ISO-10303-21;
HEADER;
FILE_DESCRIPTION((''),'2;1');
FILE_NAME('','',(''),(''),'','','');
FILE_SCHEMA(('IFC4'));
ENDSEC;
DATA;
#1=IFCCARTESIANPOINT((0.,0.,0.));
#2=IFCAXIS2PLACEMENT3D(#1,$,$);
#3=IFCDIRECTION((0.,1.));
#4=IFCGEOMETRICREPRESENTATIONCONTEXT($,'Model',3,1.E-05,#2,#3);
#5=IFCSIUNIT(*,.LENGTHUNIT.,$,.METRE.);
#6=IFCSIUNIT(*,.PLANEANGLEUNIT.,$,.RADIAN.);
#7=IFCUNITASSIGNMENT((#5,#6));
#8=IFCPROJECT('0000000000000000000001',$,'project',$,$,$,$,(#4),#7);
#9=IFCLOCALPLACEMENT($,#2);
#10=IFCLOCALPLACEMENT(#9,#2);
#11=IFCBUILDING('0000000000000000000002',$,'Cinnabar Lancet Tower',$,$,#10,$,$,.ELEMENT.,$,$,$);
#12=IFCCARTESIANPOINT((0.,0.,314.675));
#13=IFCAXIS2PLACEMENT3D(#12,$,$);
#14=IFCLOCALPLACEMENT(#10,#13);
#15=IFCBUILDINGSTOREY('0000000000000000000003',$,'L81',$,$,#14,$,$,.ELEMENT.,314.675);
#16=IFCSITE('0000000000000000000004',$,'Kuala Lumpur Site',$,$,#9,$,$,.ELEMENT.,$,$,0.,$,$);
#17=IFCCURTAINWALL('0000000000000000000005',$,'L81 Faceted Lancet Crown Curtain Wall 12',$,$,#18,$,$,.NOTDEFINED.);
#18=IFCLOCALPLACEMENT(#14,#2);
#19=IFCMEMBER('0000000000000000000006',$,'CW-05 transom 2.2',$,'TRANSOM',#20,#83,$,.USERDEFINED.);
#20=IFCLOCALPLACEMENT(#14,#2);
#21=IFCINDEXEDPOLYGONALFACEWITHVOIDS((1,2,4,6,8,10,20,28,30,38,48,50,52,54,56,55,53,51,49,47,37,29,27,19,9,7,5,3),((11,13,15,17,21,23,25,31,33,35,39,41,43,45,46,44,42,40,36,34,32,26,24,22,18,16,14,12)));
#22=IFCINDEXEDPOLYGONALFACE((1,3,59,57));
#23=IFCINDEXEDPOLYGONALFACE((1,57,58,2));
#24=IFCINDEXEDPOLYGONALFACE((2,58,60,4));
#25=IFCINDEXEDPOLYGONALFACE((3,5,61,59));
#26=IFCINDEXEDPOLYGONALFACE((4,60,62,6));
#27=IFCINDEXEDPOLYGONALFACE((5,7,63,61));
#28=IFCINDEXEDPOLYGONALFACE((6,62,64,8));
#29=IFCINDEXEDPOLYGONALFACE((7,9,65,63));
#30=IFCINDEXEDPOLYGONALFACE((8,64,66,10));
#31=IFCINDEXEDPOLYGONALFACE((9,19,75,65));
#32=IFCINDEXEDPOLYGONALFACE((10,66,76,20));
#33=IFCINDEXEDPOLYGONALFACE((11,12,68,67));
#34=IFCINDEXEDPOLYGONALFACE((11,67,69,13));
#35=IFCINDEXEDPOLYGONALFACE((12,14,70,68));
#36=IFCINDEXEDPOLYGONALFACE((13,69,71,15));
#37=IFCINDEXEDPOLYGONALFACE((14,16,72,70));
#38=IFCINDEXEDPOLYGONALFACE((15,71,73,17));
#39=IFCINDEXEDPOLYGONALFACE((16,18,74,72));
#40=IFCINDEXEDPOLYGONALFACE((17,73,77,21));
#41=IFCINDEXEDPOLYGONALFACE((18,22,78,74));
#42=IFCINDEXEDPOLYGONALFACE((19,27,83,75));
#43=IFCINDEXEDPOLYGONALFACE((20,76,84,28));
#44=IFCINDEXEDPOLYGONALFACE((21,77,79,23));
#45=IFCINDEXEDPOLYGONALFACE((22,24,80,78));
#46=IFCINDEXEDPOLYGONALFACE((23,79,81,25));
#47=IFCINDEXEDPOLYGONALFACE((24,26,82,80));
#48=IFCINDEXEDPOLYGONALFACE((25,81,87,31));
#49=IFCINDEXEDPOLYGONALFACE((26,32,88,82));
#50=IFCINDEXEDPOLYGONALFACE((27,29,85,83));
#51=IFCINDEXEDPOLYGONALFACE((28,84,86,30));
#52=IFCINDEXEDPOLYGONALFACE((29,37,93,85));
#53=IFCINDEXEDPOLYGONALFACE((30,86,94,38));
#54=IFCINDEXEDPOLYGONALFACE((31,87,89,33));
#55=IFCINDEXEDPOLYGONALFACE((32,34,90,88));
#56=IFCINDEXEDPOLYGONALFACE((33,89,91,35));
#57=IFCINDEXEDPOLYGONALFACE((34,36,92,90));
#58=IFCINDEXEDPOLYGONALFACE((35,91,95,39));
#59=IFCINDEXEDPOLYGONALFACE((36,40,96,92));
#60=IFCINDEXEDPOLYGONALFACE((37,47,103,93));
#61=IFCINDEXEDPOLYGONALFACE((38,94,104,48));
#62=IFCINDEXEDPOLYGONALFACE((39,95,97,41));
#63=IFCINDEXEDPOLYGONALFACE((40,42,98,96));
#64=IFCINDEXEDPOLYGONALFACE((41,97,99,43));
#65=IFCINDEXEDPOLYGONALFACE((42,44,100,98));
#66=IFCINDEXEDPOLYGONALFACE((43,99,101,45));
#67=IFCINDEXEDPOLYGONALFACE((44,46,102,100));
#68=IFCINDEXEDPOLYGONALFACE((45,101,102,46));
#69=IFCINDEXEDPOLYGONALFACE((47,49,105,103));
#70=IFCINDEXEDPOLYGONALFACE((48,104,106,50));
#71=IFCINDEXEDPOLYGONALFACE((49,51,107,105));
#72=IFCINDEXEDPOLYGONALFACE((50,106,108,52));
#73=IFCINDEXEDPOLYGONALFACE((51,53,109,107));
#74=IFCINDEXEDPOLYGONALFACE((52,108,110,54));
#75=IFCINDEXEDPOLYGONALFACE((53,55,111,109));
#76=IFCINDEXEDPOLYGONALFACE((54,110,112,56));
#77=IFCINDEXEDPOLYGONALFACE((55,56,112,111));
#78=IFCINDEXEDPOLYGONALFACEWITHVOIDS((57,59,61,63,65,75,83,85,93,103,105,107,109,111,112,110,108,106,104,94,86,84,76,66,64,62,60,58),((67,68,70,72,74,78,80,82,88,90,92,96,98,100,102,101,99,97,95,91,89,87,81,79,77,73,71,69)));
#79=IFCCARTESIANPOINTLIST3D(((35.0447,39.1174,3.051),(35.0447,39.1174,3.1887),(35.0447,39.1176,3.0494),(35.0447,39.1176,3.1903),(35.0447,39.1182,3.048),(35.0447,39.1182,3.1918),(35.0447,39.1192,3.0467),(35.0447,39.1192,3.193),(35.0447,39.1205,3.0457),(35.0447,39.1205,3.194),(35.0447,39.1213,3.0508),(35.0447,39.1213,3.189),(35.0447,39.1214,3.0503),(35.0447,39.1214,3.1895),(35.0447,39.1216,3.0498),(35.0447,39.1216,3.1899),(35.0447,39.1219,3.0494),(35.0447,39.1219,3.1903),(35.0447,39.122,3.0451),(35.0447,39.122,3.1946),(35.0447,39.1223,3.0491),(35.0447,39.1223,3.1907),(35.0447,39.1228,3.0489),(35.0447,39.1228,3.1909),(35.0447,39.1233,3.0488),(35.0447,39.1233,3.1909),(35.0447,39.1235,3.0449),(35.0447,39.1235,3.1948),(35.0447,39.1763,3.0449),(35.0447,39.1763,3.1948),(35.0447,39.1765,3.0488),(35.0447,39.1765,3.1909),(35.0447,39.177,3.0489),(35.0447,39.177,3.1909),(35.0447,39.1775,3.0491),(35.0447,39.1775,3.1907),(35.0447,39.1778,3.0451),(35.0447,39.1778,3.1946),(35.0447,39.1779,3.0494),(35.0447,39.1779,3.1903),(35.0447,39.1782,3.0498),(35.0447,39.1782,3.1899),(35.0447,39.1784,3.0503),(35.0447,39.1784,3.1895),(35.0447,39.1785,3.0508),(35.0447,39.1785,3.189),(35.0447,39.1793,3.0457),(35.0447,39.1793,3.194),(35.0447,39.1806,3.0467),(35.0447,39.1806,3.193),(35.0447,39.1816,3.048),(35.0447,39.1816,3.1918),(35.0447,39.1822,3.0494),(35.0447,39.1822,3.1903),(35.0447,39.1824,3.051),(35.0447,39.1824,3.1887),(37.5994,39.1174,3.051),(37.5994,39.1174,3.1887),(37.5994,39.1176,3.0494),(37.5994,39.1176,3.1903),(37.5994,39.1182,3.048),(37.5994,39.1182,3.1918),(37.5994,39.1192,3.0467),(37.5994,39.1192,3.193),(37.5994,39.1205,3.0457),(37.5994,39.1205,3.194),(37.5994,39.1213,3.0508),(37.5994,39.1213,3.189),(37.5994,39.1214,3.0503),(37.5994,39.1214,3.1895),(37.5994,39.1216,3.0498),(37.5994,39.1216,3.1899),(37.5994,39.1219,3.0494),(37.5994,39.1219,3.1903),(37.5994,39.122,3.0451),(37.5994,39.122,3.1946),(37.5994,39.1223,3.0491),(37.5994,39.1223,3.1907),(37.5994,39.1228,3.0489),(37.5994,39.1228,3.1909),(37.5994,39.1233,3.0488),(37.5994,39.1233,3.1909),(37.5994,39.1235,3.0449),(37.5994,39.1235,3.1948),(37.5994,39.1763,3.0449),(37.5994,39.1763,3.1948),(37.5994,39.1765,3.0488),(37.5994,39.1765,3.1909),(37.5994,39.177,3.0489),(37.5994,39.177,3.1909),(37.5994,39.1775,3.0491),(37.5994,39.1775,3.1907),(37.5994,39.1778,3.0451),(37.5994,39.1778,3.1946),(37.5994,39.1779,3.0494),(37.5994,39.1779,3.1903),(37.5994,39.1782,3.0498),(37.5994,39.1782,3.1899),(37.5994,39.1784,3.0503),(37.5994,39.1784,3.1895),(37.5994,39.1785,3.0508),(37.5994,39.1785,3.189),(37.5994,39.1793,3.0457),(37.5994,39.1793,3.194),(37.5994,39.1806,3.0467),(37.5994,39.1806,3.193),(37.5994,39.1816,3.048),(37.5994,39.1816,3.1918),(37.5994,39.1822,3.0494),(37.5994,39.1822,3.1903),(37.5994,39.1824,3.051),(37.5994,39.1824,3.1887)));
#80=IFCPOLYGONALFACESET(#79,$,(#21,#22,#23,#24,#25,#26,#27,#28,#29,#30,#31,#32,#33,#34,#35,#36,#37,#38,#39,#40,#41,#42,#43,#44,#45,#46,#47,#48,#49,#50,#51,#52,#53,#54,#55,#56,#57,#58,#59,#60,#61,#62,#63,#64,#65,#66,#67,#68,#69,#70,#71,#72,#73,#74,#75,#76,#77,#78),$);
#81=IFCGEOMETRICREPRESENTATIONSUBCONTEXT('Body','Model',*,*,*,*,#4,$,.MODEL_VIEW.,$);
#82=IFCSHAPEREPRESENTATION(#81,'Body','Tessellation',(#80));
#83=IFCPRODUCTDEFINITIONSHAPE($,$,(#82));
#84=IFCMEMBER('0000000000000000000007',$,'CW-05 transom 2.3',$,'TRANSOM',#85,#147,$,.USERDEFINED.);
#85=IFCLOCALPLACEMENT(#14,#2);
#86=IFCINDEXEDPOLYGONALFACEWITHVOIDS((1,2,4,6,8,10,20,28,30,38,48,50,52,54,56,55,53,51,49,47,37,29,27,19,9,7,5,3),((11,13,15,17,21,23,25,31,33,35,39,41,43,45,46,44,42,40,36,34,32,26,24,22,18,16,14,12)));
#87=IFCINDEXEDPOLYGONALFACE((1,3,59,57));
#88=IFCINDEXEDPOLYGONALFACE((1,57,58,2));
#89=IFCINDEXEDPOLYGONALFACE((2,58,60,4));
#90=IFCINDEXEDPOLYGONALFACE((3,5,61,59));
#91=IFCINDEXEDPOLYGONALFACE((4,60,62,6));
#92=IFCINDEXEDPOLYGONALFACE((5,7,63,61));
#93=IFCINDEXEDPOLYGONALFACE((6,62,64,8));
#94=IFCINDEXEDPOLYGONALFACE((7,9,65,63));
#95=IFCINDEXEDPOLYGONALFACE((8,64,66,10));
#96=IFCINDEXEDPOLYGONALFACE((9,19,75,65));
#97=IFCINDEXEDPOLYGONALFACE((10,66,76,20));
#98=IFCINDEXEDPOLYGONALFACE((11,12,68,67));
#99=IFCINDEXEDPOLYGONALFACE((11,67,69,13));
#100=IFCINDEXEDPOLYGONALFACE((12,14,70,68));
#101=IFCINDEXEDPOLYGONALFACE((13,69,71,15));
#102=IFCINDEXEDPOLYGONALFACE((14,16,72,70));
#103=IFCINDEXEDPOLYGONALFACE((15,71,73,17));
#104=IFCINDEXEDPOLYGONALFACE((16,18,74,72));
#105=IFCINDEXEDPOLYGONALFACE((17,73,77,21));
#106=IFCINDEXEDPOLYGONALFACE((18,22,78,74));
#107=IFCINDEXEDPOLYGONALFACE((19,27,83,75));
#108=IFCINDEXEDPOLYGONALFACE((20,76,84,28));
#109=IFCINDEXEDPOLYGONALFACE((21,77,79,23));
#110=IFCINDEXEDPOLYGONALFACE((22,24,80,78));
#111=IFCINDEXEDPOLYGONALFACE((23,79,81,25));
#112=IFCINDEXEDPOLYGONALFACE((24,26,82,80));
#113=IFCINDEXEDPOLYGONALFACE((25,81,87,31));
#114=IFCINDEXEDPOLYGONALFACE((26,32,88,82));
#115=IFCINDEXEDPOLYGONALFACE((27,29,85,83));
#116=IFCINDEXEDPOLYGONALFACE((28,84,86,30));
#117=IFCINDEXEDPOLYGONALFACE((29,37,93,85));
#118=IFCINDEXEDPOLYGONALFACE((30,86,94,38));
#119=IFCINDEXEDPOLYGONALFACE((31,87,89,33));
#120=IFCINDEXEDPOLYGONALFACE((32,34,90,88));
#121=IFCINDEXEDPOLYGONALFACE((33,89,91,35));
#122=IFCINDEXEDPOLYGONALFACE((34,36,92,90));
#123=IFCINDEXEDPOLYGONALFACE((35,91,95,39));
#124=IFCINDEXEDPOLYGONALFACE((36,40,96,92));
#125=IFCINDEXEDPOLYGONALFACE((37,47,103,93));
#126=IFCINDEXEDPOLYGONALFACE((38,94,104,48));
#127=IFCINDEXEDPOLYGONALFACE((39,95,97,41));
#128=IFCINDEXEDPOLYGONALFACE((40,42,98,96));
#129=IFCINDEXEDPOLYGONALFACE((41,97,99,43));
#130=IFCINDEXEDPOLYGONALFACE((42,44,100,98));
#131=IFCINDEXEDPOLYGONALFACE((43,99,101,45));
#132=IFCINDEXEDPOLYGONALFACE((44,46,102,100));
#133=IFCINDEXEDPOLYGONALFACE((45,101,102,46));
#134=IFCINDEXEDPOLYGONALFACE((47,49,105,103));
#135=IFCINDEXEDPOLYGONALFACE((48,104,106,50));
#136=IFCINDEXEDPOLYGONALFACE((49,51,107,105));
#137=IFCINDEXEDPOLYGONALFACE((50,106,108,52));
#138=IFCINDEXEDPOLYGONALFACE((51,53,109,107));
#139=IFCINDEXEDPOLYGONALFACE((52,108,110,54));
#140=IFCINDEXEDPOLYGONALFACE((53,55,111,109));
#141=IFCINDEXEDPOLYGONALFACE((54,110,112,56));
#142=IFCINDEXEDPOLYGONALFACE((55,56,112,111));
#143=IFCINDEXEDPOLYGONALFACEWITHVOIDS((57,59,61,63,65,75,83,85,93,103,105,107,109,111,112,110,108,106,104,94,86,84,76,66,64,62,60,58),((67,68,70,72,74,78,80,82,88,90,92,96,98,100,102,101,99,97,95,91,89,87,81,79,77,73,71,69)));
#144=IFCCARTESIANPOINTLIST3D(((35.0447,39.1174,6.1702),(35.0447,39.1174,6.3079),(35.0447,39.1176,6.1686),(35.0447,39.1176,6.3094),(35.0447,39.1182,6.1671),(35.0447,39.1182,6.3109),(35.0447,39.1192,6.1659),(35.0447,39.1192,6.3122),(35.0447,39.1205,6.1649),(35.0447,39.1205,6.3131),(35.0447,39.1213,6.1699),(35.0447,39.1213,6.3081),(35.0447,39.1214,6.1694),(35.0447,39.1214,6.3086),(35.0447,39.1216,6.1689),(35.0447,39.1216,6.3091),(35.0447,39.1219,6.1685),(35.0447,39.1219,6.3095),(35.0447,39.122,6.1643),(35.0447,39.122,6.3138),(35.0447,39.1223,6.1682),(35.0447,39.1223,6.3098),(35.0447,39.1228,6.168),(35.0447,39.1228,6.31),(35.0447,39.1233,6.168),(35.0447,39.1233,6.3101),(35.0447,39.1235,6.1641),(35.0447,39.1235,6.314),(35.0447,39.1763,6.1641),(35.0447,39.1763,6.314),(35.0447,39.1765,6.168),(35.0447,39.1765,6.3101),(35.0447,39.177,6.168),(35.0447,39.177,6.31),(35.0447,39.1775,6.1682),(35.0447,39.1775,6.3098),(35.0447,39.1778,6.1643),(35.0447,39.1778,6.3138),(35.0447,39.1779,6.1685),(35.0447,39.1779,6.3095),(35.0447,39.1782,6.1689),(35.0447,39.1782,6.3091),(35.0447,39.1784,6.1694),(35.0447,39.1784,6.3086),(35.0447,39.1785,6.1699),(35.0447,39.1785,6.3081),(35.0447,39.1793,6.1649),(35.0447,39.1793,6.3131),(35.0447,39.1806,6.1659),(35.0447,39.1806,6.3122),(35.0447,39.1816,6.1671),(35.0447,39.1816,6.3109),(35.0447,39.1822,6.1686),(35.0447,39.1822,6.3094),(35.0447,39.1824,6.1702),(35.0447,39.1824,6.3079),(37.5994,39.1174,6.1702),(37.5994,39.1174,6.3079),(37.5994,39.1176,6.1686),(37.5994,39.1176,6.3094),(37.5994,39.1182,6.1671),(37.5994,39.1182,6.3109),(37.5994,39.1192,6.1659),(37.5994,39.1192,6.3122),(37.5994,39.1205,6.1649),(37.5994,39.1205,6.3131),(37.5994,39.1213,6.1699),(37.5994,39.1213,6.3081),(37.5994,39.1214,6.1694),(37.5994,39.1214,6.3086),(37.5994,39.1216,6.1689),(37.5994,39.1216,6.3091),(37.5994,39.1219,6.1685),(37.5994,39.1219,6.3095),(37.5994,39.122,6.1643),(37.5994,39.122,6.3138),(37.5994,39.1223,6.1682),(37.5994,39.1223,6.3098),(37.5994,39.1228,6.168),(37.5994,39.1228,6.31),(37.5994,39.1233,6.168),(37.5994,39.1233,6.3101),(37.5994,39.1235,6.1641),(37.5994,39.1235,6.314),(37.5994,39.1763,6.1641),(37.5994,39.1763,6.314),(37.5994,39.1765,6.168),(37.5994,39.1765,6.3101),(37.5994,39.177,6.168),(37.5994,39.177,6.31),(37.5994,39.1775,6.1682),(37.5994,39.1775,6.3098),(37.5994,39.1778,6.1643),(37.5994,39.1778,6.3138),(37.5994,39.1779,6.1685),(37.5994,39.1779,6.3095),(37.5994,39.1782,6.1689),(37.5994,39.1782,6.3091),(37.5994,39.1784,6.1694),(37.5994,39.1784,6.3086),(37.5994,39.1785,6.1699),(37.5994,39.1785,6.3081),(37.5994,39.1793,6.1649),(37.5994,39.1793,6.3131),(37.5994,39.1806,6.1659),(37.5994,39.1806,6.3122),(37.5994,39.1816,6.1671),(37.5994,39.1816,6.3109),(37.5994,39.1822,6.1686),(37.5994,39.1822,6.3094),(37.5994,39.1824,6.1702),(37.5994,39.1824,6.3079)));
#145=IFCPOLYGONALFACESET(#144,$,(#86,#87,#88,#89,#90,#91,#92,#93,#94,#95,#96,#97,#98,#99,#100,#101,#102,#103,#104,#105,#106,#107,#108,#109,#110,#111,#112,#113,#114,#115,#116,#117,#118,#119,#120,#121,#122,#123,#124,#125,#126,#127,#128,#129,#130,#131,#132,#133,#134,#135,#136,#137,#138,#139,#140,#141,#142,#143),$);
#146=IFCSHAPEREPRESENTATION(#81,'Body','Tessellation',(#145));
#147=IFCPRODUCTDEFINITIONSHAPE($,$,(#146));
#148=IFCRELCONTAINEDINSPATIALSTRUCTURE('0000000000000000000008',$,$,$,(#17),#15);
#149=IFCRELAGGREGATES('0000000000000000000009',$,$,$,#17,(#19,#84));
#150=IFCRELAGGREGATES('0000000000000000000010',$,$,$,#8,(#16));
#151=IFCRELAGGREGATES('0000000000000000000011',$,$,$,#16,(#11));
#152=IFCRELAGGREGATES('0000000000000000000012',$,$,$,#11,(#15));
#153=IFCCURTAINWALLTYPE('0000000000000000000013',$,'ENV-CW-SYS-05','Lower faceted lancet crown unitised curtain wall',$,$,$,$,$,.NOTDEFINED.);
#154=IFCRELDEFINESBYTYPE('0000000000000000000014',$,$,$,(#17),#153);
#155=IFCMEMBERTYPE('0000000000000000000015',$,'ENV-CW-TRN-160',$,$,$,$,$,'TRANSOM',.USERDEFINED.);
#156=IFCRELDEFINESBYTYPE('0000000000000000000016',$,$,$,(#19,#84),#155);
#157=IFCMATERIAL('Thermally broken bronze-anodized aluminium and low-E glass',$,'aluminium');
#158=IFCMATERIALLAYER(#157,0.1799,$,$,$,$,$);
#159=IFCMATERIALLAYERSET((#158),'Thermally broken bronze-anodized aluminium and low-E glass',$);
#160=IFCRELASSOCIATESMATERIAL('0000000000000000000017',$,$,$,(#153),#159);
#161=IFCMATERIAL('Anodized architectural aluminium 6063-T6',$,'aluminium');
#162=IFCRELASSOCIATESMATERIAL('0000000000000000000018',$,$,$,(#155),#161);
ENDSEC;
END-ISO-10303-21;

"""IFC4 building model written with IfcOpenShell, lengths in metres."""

from ifc_helpers import new_model, si_unit, direction, frame, origin, origin_2d, place, context, subcontext, project, spatial, hollow_rectangle, extrude, material, layer, layer_set, material_profile, profile_set, type_object, element, aggregate, save


model = new_model("IFC4")

# Units and contexts
model_context = context("Model", 3, precision=1e-05, world=origin(), true_north=direction((0.0, 1.0)))
body_context = subcontext(model_context, "Body", "Model", "MODEL_VIEW")
ifc_project = project(units=[si_unit("LENGTHUNIT", "METRE"), si_unit("PLANEANGLEUNIT", "RADIAN")], contexts=[model_context])

# Site, building, storey
site_placement = place(None, origin())
site = spatial("IfcSite", under=ifc_project, at=site_placement, Name="Kuala Lumpur Site", CompositionType="ELEMENT", RefElevation=0.0)
building_placement = place(site_placement, origin())
building = spatial("IfcBuilding", under=site, at=building_placement, Name="Cinnabar Lancet Tower", CompositionType="ELEMENT")
storey_placement = place(building_placement, frame((0.0, 0.0, 314.675)))
storey = spatial("IfcBuildingStorey", under=building, at=storey_placement, Name="L81", CompositionType="ELEMENT", Elevation=314.675)

# Shared definitions
ifc_material_1 = material(Name="Thermally broken bronze-anodized aluminium and low-E glass", Category="aluminium")
ifc_layer_1 = layer(ifc_material_1, 0.1799)
ifc_layer_set_1 = layer_set([ifc_layer_1], Name="Thermally broken bronze-anodized aluminium and low-E glass")
curtain_wall_type = type_object("IfcCurtainWallType", Name="ENV-CW-SYS-05", Description="Lower faceted lancet crown unitised curtain wall", PredefinedType="NOTDEFINED", material=ifc_layer_set_1)

# Curtain wall, members
curtain_wall_1_placement = place(storey_placement, origin())
curtain_wall_1 = element("IfcCurtainWall", 1, at=curtain_wall_1_placement, inside=storey, type_object=curtain_wall_type, Name="L81 Faceted Lancet Crown Curtain Wall 12", PredefinedType="NOTDEFINED")
ifc_material_2 = material(Name="Anodized architectural aluminium 6063-T6", Category="aluminium")
ifc_material_profile_1 = material_profile(ifc_material_2, hollow_rectangle(XDim=0.0649, YDim=0.1499, WallThickness=0.0039, InnerFilletRadius=0.002, OuterFilletRadius=0.0061, at=origin_2d()), Name="CW-TRN 150x65x4")
ifc_profile_set_1 = profile_set([ifc_material_profile_1], Name="Anodized architectural aluminium 6063-T6")
member_type_1 = type_object("IfcMemberType", Name="ENV-CW-TRN-160", ElementType="TRANSOM", PredefinedType="USERDEFINED", material=ifc_profile_set_1)
member_1_placement = place(storey_placement, frame((37.5994, 39.1499, 3.1199), z_axis=(-1.0, 0.0, 0.0), x_axis=(0.0, -1.0, 0.0)))
member_1 = element("IfcMember", 2, at=member_1_placement, type_object=member_type_1, Name="CW-05 transom 2.2", ObjectType="TRANSOM", PredefinedType="USERDEFINED", context=body_context, shape_type="SweptSolid", body=[
    extrude(hollow_rectangle(XDim=0.0649, YDim=0.1499, WallThickness=0.0039, InnerFilletRadius=0.002, OuterFilletRadius=0.0061, at=origin_2d()), origin(), (0.0, 0.0, 1.0), 2.5547),
])
member_2_placement = place(storey_placement, frame((37.5994, 39.1499, 6.239), z_axis=(-1.0, 0.0, 0.0), x_axis=(0.0, -1.0, 0.0)))
member_2 = element("IfcMember", 3, at=member_2_placement, type_object=member_type_1, Name="CW-05 transom 2.3", ObjectType="TRANSOM", PredefinedType="USERDEFINED", context=body_context, shape_type="SweptSolid", body=[
    extrude(hollow_rectangle(XDim=0.0649, YDim=0.1499, WallThickness=0.0039, InnerFilletRadius=0.002, OuterFilletRadius=0.0061, at=origin_2d()), origin(), (0.0, 0.0, 1.0), 2.5547),
])

aggregate(curtain_wall_1, [member_1, member_2])

save(model, "model.ifc")
